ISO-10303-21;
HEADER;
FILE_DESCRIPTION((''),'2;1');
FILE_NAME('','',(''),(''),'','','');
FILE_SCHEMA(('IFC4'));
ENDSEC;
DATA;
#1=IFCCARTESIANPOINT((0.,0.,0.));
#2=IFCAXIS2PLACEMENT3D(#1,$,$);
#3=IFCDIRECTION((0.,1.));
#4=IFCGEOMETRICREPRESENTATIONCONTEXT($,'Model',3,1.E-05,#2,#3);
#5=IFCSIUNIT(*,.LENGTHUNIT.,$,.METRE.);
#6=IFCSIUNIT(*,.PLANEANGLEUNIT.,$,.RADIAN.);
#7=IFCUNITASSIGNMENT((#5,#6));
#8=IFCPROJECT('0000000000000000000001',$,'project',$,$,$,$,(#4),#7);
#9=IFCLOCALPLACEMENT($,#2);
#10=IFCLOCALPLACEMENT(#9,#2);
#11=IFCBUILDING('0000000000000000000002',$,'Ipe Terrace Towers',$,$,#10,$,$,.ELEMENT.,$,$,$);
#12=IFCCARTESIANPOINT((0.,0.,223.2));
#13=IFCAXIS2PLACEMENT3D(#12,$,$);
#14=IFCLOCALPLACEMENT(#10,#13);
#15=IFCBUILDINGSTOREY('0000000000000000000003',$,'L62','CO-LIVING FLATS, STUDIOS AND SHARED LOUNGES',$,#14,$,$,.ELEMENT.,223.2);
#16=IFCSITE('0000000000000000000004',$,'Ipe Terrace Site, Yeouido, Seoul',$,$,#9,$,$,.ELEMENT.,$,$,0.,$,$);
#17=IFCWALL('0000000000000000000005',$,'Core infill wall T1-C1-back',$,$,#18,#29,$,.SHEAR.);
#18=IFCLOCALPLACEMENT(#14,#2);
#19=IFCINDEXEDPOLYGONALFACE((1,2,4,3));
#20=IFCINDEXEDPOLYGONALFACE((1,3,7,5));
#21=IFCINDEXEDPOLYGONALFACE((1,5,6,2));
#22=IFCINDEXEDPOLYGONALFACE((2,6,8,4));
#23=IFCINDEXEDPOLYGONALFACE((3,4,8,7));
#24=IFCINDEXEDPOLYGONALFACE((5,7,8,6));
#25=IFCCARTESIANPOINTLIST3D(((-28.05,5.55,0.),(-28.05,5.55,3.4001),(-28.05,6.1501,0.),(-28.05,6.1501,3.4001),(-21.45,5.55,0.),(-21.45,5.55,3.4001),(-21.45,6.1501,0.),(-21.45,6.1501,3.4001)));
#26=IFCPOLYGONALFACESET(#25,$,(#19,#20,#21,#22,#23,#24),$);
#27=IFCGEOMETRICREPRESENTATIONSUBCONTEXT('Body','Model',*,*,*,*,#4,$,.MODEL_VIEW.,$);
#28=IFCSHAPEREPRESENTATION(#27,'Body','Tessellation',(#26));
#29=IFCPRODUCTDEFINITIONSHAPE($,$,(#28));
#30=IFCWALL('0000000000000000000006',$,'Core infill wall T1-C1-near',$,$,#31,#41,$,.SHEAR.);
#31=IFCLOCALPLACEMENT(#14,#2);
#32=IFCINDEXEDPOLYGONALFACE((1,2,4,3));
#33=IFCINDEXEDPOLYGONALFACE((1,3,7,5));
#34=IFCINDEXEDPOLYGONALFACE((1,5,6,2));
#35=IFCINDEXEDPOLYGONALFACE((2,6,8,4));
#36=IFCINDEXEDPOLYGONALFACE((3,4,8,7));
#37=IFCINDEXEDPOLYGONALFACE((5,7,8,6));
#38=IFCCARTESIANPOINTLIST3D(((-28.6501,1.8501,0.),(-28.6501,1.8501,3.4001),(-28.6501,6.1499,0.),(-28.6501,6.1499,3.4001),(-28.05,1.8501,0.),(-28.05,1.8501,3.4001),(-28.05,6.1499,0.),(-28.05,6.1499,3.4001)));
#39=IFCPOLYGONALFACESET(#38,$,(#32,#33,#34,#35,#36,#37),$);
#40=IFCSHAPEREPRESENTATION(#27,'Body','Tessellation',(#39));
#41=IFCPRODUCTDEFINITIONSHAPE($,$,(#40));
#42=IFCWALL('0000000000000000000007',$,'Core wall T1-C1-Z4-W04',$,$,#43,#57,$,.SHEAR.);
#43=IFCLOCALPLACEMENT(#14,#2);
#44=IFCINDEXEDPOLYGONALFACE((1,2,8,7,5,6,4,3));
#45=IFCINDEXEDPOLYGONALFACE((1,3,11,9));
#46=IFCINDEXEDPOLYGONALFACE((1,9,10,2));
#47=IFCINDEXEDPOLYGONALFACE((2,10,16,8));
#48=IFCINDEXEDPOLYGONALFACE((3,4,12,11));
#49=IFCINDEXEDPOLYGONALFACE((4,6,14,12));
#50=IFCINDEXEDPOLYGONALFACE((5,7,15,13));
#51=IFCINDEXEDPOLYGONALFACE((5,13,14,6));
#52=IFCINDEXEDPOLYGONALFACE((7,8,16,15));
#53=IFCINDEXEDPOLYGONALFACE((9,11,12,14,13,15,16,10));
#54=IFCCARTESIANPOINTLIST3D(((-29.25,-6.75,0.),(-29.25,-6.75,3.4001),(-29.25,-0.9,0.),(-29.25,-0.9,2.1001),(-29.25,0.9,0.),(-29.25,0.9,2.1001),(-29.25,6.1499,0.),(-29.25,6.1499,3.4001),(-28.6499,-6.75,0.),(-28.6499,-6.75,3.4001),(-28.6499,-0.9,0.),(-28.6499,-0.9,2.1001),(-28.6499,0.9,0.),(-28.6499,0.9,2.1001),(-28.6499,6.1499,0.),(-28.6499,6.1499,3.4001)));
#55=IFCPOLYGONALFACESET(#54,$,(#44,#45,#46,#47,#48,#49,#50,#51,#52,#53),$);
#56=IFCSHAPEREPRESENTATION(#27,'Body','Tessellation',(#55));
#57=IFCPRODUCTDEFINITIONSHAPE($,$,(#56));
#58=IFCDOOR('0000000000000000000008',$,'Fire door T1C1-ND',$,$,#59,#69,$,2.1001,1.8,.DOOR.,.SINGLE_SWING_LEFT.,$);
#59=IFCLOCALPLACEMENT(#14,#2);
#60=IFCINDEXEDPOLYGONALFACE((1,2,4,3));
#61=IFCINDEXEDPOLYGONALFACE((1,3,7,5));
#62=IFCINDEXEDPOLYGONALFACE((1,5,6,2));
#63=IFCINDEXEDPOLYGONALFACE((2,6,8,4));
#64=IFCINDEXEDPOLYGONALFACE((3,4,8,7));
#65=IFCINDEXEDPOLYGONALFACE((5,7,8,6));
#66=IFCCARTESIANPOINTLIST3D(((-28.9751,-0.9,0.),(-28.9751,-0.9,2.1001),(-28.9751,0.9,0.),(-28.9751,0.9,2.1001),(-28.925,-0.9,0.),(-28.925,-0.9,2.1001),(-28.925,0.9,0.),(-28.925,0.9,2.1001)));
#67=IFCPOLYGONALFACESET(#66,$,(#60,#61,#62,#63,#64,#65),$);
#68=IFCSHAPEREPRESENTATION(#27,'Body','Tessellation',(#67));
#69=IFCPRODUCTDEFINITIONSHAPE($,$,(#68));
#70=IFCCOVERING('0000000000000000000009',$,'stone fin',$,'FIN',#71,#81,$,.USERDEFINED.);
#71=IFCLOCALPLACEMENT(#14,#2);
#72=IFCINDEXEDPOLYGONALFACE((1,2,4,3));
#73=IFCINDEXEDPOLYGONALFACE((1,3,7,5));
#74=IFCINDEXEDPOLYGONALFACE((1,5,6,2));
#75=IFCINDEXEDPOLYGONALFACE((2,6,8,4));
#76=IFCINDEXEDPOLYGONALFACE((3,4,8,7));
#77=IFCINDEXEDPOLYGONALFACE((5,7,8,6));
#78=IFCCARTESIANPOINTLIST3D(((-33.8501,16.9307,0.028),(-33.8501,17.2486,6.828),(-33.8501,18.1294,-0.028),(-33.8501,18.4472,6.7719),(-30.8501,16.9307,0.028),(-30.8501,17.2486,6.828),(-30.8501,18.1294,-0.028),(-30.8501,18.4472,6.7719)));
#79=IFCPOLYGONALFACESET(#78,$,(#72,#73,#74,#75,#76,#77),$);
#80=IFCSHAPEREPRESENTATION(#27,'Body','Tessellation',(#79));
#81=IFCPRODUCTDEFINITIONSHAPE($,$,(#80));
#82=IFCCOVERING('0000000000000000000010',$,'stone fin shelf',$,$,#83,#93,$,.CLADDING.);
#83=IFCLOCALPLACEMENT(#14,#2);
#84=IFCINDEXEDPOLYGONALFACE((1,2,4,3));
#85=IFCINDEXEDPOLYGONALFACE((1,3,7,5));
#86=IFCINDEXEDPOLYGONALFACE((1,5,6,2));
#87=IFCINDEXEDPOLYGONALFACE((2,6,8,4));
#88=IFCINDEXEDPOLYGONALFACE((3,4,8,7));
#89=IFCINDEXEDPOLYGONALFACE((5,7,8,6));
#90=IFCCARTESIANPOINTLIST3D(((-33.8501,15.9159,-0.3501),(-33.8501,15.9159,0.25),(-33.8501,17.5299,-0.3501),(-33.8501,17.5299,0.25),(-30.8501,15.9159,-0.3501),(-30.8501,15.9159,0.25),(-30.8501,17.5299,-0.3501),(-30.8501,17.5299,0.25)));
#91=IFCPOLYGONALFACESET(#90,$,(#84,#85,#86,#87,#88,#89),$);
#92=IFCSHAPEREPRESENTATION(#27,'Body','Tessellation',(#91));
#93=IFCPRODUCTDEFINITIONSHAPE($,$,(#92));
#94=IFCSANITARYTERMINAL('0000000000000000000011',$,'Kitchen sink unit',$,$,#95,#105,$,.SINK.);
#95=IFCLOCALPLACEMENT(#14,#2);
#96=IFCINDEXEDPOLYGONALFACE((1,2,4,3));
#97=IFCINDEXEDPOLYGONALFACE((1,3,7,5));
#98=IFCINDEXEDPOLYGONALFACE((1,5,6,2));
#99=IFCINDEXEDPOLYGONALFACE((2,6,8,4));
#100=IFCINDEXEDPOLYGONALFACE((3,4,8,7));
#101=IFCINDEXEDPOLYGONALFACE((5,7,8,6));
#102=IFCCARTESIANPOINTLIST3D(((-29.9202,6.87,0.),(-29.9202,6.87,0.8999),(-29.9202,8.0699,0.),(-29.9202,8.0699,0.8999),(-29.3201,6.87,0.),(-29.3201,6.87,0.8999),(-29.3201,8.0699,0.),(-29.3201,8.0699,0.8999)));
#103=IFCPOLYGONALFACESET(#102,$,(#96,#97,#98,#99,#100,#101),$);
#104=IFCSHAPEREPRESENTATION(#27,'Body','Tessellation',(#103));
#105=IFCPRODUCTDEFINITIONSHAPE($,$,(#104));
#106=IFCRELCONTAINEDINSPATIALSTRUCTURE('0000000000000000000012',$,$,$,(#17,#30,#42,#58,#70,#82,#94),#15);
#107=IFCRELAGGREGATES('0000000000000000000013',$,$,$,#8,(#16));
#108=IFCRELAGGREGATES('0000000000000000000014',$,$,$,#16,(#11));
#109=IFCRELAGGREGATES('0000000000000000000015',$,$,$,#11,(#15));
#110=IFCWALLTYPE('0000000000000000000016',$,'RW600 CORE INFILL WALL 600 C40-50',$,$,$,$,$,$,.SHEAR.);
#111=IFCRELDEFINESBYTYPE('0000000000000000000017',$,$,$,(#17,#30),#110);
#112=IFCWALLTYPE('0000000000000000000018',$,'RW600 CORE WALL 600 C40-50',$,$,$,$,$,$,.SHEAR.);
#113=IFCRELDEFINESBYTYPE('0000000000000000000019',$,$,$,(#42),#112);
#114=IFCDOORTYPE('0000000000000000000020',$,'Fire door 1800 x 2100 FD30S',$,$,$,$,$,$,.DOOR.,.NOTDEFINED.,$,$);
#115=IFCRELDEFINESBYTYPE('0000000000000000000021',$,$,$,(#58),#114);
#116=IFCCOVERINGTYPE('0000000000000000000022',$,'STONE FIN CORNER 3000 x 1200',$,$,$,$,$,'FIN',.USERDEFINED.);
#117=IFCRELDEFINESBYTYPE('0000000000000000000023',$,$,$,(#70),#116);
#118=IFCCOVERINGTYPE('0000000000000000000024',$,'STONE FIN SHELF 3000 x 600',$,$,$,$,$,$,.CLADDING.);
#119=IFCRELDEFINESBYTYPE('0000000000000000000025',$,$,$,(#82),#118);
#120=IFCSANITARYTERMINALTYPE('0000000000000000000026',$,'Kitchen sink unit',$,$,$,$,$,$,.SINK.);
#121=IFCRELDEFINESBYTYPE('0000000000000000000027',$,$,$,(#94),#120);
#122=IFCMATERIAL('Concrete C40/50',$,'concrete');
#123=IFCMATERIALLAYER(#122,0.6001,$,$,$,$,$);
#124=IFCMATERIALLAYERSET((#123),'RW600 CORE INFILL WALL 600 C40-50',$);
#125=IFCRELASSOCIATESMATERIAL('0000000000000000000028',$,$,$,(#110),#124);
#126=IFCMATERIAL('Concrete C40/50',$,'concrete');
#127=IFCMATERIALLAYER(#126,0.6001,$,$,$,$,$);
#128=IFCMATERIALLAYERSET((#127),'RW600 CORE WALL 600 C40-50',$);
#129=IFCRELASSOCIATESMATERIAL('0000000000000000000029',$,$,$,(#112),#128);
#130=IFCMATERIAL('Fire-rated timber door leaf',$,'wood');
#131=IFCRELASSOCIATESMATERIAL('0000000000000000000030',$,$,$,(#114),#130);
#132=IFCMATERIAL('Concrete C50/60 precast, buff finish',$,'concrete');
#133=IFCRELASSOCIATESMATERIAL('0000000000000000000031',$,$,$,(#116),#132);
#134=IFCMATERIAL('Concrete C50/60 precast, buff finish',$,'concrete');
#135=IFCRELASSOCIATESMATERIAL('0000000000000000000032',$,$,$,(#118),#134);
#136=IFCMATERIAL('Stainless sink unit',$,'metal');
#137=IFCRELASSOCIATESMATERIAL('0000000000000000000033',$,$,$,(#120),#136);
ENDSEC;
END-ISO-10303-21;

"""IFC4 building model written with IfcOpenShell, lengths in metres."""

from ifc_helpers import new_model, si_unit, direction, frame, frame_2d, origin, origin_2d, place, context, subcontext, project, spatial, rectangle, extrude, material, layer, layer_set, material_profile, profile_set, type_object, element, fill, save


model = new_model("IFC4")

# Units and contexts
model_context = context("Model", 3, precision=1e-05, world=origin(), true_north=direction((0.0, 1.0)))
body_context = subcontext(model_context, "Body", "Model", "MODEL_VIEW")
ifc_project = project(units=[si_unit("LENGTHUNIT", "METRE"), si_unit("PLANEANGLEUNIT", "RADIAN")], contexts=[model_context])

# Site, building, storey
site_placement = place(None, origin())
site = spatial("IfcSite", under=ifc_project, at=site_placement, Name="Ipe Terrace Site, Yeouido, Seoul", CompositionType="ELEMENT", RefElevation=0.0)
building_placement = place(site_placement, origin())
building = spatial("IfcBuilding", under=site, at=building_placement, Name="Ipe Terrace Towers", CompositionType="ELEMENT")
storey_placement = place(building_placement, frame((0.0, 0.0, 223.2)))
storey = spatial("IfcBuildingStorey", under=building, at=storey_placement, Name="L62", Description="CO-LIVING FLATS, STUDIOS AND SHARED LOUNGES", CompositionType="ELEMENT", Elevation=223.2)

# Walls
ifc_material_1 = material(Name="Concrete C40/50", Category="concrete")
ifc_layer_1 = layer(ifc_material_1, 0.6001)
ifc_layer_set_1 = layer_set([ifc_layer_1], Name="RW600 CORE INFILL WALL 600 C40-50")
wall_type_1 = type_object("IfcWallType", Name="RW600 CORE INFILL WALL 600 C40-50", PredefinedType="SHEAR", material=ifc_layer_set_1)
wall_1_placement = place(storey_placement, frame((-28.05, 5.8501, 0.0), z_axis=(0.0, 0.0, 1.0), x_axis=(1.0, 0.0, 0.0)))
element("IfcWall", 1, at=wall_1_placement, inside=storey, type_object=wall_type_1, Name="Core infill wall T1-C1-back", PredefinedType="SHEAR", context=body_context, shape_type="SweptSolid", body=[
    extrude(rectangle(XDim=6.6001, YDim=0.6001, at=frame_2d((3.3, 0.0))), origin(), (0.0, 0.0, 1.0), 3.4001),
])
wall_2_placement = place(storey_placement, frame((-28.3501, 1.8501, 0.0), z_axis=(0.0, 0.0, 1.0), x_axis=(0.0, 1.0, 0.0)))
element("IfcWall", 2, at=wall_2_placement, inside=storey, type_object=wall_type_1, Name="Core infill wall T1-C1-near", PredefinedType="SHEAR", context=body_context, shape_type="SweptSolid", body=[
    extrude(rectangle(XDim=4.2998, YDim=0.6001, at=frame_2d((2.1499, 0.0))), origin(), (0.0, 0.0, 1.0), 3.4001),
])

# Wall, opening, door
ifc_material_2 = material(Name="Concrete C40/50", Category="concrete")
ifc_layer_2 = layer(ifc_material_2, 0.6001)
ifc_layer_set_2 = layer_set([ifc_layer_2], Name="RW600 CORE WALL 600 C40-50")
wall_type_2 = type_object("IfcWallType", Name="RW600 CORE WALL 600 C40-50", PredefinedType="SHEAR", material=ifc_layer_set_2)
wall_3_placement = place(storey_placement, frame((-28.95, 6.1499, 0.0), z_axis=(0.0, 0.0, 1.0), x_axis=(0.0, -1.0, 0.0)))
wall_3 = element("IfcWall", 3, at=wall_3_placement, inside=storey, type_object=wall_type_2, Name="Core wall T1-C1-Z4-W04", PredefinedType="SHEAR", context=body_context, shape_type="SweptSolid", body=[
    extrude(rectangle(XDim=12.8999, YDim=0.6001, at=frame_2d((6.45, 0.0))), origin(), (0.0, 0.0, 1.0), 3.4001),
])
opening_1_placement = place(wall_3_placement, frame((5.25, 0.0, 0.0)))
opening_1 = element("IfcOpeningElement", 4, at=opening_1_placement, cuts=wall_3, PredefinedType="OPENING", context=body_context, shape_type="SweptSolid", body=[
    extrude(rectangle(XDim=1.8, YDim=2.1001, at=frame_2d((0.8999, 1.05))), frame((0.0, 0.3101, 0.0), z_axis=(0.0, -1.0, 0.0), x_axis=(1.0, 0.0, 0.0)), (0.0, 0.0, 1.0), 0.6201),
])
ifc_material_3 = material(Name="Fire-rated timber door leaf", Category="wood")
door_type_1 = type_object("IfcDoorType", Name="Fire door 1800 x 2100 FD30S", OperationType="NOTDEFINED", PredefinedType="DOOR", material=ifc_material_3)
door_1_placement = place(opening_1_placement, origin())
door_1 = element("IfcDoor", 5, at=door_1_placement, inside=storey, type_object=door_type_1, Name="Fire door T1C1-ND", OperationType="SINGLE_SWING_LEFT", OverallHeight=2.1001, OverallWidth=1.8, PredefinedType="DOOR", context=body_context, shape_type="SweptSolid", body=[
    extrude(rectangle(XDim=1.8, YDim=2.1001, at=frame_2d((0.8999, 1.05))), frame((0.0, 0.0249, 0.0), z_axis=(0.0, -1.0, 0.0), x_axis=(1.0, 0.0, 0.0)), (0.0, 0.0, 1.0), 0.05),
])
fill(opening_1, door_1)

# Coverings
ifc_material_4 = material(Name="Concrete C50/60 precast, buff finish", Category="concrete")
ifc_material_profile_1 = material_profile(ifc_material_4, rectangle(XDim=3.0, YDim=1.2, at=origin_2d()), Name="STONE FIN CORNER 3000 x 1200")
ifc_profile_set_1 = profile_set([ifc_material_profile_1], Name="Concrete C50/60 precast, buff finish")
covering_type_1 = type_object("IfcCoveringType", Name="STONE FIN CORNER 3000 x 1200", ElementType="FIN", PredefinedType="USERDEFINED", material=ifc_profile_set_1)
covering_1_placement = place(storey_placement, frame((-32.3501, 17.53, 0.0), z_axis=(0.0, 0.046694, 0.998909), x_axis=(-1.0, 0.0, 0.0)))
element("IfcCovering", 6, at=covering_1_placement, inside=storey, type_object=covering_type_1, Name="stone fin", ObjectType="FIN", PredefinedType="USERDEFINED", context=body_context, shape_type="SweptSolid", body=[
    extrude(rectangle(XDim=3.0, YDim=1.2, at=origin_2d()), origin(), (0.0, 0.0, 1.0), 6.8074),
])
ifc_material_5 = material(Name="Concrete C50/60 precast, buff finish", Category="concrete")
covering_type_2 = type_object("IfcCoveringType", Name="STONE FIN SHELF 3000 x 600", PredefinedType="CLADDING", material=ifc_material_5)
covering_2_placement = place(storey_placement, frame((-32.3501, 16.7229, -0.3501), z_axis=(0.0, 0.0, 1.0), x_axis=(-1.0, 0.0, 0.0)))
element("IfcCovering", 7, at=covering_2_placement, inside=storey, type_object=covering_type_2, Name="stone fin shelf", PredefinedType="CLADDING", context=body_context, shape_type="SweptSolid", body=[
    extrude(rectangle(XDim=3.0, YDim=1.614, at=origin_2d()), origin(), (0.0, 0.0, 1.0), 0.6001),
])

# Sanitary terminal
ifc_material_6 = material(Name="Stainless sink unit", Category="metal")
sanitary_terminal_type = type_object("IfcSanitaryTerminalType", Name="Kitchen sink unit", PredefinedType="SINK", material=ifc_material_6)
sanitary_terminal_placement = place(storey_placement, frame((-29.6201, 7.47, 0.0), z_axis=(0.0, 0.0, 1.0), x_axis=(0.0, -1.0, 0.0)))
element("IfcSanitaryTerminal", 8, at=sanitary_terminal_placement, inside=storey, type_object=sanitary_terminal_type, Name="Kitchen sink unit", PredefinedType="SINK", context=body_context, shape_type="SweptSolid", body=[
    extrude(rectangle(XDim=1.2, YDim=0.6001, at=origin_2d()), origin(), (0.0, 0.0, 1.0), 0.8999),
])

save(model, "model.ifc")
